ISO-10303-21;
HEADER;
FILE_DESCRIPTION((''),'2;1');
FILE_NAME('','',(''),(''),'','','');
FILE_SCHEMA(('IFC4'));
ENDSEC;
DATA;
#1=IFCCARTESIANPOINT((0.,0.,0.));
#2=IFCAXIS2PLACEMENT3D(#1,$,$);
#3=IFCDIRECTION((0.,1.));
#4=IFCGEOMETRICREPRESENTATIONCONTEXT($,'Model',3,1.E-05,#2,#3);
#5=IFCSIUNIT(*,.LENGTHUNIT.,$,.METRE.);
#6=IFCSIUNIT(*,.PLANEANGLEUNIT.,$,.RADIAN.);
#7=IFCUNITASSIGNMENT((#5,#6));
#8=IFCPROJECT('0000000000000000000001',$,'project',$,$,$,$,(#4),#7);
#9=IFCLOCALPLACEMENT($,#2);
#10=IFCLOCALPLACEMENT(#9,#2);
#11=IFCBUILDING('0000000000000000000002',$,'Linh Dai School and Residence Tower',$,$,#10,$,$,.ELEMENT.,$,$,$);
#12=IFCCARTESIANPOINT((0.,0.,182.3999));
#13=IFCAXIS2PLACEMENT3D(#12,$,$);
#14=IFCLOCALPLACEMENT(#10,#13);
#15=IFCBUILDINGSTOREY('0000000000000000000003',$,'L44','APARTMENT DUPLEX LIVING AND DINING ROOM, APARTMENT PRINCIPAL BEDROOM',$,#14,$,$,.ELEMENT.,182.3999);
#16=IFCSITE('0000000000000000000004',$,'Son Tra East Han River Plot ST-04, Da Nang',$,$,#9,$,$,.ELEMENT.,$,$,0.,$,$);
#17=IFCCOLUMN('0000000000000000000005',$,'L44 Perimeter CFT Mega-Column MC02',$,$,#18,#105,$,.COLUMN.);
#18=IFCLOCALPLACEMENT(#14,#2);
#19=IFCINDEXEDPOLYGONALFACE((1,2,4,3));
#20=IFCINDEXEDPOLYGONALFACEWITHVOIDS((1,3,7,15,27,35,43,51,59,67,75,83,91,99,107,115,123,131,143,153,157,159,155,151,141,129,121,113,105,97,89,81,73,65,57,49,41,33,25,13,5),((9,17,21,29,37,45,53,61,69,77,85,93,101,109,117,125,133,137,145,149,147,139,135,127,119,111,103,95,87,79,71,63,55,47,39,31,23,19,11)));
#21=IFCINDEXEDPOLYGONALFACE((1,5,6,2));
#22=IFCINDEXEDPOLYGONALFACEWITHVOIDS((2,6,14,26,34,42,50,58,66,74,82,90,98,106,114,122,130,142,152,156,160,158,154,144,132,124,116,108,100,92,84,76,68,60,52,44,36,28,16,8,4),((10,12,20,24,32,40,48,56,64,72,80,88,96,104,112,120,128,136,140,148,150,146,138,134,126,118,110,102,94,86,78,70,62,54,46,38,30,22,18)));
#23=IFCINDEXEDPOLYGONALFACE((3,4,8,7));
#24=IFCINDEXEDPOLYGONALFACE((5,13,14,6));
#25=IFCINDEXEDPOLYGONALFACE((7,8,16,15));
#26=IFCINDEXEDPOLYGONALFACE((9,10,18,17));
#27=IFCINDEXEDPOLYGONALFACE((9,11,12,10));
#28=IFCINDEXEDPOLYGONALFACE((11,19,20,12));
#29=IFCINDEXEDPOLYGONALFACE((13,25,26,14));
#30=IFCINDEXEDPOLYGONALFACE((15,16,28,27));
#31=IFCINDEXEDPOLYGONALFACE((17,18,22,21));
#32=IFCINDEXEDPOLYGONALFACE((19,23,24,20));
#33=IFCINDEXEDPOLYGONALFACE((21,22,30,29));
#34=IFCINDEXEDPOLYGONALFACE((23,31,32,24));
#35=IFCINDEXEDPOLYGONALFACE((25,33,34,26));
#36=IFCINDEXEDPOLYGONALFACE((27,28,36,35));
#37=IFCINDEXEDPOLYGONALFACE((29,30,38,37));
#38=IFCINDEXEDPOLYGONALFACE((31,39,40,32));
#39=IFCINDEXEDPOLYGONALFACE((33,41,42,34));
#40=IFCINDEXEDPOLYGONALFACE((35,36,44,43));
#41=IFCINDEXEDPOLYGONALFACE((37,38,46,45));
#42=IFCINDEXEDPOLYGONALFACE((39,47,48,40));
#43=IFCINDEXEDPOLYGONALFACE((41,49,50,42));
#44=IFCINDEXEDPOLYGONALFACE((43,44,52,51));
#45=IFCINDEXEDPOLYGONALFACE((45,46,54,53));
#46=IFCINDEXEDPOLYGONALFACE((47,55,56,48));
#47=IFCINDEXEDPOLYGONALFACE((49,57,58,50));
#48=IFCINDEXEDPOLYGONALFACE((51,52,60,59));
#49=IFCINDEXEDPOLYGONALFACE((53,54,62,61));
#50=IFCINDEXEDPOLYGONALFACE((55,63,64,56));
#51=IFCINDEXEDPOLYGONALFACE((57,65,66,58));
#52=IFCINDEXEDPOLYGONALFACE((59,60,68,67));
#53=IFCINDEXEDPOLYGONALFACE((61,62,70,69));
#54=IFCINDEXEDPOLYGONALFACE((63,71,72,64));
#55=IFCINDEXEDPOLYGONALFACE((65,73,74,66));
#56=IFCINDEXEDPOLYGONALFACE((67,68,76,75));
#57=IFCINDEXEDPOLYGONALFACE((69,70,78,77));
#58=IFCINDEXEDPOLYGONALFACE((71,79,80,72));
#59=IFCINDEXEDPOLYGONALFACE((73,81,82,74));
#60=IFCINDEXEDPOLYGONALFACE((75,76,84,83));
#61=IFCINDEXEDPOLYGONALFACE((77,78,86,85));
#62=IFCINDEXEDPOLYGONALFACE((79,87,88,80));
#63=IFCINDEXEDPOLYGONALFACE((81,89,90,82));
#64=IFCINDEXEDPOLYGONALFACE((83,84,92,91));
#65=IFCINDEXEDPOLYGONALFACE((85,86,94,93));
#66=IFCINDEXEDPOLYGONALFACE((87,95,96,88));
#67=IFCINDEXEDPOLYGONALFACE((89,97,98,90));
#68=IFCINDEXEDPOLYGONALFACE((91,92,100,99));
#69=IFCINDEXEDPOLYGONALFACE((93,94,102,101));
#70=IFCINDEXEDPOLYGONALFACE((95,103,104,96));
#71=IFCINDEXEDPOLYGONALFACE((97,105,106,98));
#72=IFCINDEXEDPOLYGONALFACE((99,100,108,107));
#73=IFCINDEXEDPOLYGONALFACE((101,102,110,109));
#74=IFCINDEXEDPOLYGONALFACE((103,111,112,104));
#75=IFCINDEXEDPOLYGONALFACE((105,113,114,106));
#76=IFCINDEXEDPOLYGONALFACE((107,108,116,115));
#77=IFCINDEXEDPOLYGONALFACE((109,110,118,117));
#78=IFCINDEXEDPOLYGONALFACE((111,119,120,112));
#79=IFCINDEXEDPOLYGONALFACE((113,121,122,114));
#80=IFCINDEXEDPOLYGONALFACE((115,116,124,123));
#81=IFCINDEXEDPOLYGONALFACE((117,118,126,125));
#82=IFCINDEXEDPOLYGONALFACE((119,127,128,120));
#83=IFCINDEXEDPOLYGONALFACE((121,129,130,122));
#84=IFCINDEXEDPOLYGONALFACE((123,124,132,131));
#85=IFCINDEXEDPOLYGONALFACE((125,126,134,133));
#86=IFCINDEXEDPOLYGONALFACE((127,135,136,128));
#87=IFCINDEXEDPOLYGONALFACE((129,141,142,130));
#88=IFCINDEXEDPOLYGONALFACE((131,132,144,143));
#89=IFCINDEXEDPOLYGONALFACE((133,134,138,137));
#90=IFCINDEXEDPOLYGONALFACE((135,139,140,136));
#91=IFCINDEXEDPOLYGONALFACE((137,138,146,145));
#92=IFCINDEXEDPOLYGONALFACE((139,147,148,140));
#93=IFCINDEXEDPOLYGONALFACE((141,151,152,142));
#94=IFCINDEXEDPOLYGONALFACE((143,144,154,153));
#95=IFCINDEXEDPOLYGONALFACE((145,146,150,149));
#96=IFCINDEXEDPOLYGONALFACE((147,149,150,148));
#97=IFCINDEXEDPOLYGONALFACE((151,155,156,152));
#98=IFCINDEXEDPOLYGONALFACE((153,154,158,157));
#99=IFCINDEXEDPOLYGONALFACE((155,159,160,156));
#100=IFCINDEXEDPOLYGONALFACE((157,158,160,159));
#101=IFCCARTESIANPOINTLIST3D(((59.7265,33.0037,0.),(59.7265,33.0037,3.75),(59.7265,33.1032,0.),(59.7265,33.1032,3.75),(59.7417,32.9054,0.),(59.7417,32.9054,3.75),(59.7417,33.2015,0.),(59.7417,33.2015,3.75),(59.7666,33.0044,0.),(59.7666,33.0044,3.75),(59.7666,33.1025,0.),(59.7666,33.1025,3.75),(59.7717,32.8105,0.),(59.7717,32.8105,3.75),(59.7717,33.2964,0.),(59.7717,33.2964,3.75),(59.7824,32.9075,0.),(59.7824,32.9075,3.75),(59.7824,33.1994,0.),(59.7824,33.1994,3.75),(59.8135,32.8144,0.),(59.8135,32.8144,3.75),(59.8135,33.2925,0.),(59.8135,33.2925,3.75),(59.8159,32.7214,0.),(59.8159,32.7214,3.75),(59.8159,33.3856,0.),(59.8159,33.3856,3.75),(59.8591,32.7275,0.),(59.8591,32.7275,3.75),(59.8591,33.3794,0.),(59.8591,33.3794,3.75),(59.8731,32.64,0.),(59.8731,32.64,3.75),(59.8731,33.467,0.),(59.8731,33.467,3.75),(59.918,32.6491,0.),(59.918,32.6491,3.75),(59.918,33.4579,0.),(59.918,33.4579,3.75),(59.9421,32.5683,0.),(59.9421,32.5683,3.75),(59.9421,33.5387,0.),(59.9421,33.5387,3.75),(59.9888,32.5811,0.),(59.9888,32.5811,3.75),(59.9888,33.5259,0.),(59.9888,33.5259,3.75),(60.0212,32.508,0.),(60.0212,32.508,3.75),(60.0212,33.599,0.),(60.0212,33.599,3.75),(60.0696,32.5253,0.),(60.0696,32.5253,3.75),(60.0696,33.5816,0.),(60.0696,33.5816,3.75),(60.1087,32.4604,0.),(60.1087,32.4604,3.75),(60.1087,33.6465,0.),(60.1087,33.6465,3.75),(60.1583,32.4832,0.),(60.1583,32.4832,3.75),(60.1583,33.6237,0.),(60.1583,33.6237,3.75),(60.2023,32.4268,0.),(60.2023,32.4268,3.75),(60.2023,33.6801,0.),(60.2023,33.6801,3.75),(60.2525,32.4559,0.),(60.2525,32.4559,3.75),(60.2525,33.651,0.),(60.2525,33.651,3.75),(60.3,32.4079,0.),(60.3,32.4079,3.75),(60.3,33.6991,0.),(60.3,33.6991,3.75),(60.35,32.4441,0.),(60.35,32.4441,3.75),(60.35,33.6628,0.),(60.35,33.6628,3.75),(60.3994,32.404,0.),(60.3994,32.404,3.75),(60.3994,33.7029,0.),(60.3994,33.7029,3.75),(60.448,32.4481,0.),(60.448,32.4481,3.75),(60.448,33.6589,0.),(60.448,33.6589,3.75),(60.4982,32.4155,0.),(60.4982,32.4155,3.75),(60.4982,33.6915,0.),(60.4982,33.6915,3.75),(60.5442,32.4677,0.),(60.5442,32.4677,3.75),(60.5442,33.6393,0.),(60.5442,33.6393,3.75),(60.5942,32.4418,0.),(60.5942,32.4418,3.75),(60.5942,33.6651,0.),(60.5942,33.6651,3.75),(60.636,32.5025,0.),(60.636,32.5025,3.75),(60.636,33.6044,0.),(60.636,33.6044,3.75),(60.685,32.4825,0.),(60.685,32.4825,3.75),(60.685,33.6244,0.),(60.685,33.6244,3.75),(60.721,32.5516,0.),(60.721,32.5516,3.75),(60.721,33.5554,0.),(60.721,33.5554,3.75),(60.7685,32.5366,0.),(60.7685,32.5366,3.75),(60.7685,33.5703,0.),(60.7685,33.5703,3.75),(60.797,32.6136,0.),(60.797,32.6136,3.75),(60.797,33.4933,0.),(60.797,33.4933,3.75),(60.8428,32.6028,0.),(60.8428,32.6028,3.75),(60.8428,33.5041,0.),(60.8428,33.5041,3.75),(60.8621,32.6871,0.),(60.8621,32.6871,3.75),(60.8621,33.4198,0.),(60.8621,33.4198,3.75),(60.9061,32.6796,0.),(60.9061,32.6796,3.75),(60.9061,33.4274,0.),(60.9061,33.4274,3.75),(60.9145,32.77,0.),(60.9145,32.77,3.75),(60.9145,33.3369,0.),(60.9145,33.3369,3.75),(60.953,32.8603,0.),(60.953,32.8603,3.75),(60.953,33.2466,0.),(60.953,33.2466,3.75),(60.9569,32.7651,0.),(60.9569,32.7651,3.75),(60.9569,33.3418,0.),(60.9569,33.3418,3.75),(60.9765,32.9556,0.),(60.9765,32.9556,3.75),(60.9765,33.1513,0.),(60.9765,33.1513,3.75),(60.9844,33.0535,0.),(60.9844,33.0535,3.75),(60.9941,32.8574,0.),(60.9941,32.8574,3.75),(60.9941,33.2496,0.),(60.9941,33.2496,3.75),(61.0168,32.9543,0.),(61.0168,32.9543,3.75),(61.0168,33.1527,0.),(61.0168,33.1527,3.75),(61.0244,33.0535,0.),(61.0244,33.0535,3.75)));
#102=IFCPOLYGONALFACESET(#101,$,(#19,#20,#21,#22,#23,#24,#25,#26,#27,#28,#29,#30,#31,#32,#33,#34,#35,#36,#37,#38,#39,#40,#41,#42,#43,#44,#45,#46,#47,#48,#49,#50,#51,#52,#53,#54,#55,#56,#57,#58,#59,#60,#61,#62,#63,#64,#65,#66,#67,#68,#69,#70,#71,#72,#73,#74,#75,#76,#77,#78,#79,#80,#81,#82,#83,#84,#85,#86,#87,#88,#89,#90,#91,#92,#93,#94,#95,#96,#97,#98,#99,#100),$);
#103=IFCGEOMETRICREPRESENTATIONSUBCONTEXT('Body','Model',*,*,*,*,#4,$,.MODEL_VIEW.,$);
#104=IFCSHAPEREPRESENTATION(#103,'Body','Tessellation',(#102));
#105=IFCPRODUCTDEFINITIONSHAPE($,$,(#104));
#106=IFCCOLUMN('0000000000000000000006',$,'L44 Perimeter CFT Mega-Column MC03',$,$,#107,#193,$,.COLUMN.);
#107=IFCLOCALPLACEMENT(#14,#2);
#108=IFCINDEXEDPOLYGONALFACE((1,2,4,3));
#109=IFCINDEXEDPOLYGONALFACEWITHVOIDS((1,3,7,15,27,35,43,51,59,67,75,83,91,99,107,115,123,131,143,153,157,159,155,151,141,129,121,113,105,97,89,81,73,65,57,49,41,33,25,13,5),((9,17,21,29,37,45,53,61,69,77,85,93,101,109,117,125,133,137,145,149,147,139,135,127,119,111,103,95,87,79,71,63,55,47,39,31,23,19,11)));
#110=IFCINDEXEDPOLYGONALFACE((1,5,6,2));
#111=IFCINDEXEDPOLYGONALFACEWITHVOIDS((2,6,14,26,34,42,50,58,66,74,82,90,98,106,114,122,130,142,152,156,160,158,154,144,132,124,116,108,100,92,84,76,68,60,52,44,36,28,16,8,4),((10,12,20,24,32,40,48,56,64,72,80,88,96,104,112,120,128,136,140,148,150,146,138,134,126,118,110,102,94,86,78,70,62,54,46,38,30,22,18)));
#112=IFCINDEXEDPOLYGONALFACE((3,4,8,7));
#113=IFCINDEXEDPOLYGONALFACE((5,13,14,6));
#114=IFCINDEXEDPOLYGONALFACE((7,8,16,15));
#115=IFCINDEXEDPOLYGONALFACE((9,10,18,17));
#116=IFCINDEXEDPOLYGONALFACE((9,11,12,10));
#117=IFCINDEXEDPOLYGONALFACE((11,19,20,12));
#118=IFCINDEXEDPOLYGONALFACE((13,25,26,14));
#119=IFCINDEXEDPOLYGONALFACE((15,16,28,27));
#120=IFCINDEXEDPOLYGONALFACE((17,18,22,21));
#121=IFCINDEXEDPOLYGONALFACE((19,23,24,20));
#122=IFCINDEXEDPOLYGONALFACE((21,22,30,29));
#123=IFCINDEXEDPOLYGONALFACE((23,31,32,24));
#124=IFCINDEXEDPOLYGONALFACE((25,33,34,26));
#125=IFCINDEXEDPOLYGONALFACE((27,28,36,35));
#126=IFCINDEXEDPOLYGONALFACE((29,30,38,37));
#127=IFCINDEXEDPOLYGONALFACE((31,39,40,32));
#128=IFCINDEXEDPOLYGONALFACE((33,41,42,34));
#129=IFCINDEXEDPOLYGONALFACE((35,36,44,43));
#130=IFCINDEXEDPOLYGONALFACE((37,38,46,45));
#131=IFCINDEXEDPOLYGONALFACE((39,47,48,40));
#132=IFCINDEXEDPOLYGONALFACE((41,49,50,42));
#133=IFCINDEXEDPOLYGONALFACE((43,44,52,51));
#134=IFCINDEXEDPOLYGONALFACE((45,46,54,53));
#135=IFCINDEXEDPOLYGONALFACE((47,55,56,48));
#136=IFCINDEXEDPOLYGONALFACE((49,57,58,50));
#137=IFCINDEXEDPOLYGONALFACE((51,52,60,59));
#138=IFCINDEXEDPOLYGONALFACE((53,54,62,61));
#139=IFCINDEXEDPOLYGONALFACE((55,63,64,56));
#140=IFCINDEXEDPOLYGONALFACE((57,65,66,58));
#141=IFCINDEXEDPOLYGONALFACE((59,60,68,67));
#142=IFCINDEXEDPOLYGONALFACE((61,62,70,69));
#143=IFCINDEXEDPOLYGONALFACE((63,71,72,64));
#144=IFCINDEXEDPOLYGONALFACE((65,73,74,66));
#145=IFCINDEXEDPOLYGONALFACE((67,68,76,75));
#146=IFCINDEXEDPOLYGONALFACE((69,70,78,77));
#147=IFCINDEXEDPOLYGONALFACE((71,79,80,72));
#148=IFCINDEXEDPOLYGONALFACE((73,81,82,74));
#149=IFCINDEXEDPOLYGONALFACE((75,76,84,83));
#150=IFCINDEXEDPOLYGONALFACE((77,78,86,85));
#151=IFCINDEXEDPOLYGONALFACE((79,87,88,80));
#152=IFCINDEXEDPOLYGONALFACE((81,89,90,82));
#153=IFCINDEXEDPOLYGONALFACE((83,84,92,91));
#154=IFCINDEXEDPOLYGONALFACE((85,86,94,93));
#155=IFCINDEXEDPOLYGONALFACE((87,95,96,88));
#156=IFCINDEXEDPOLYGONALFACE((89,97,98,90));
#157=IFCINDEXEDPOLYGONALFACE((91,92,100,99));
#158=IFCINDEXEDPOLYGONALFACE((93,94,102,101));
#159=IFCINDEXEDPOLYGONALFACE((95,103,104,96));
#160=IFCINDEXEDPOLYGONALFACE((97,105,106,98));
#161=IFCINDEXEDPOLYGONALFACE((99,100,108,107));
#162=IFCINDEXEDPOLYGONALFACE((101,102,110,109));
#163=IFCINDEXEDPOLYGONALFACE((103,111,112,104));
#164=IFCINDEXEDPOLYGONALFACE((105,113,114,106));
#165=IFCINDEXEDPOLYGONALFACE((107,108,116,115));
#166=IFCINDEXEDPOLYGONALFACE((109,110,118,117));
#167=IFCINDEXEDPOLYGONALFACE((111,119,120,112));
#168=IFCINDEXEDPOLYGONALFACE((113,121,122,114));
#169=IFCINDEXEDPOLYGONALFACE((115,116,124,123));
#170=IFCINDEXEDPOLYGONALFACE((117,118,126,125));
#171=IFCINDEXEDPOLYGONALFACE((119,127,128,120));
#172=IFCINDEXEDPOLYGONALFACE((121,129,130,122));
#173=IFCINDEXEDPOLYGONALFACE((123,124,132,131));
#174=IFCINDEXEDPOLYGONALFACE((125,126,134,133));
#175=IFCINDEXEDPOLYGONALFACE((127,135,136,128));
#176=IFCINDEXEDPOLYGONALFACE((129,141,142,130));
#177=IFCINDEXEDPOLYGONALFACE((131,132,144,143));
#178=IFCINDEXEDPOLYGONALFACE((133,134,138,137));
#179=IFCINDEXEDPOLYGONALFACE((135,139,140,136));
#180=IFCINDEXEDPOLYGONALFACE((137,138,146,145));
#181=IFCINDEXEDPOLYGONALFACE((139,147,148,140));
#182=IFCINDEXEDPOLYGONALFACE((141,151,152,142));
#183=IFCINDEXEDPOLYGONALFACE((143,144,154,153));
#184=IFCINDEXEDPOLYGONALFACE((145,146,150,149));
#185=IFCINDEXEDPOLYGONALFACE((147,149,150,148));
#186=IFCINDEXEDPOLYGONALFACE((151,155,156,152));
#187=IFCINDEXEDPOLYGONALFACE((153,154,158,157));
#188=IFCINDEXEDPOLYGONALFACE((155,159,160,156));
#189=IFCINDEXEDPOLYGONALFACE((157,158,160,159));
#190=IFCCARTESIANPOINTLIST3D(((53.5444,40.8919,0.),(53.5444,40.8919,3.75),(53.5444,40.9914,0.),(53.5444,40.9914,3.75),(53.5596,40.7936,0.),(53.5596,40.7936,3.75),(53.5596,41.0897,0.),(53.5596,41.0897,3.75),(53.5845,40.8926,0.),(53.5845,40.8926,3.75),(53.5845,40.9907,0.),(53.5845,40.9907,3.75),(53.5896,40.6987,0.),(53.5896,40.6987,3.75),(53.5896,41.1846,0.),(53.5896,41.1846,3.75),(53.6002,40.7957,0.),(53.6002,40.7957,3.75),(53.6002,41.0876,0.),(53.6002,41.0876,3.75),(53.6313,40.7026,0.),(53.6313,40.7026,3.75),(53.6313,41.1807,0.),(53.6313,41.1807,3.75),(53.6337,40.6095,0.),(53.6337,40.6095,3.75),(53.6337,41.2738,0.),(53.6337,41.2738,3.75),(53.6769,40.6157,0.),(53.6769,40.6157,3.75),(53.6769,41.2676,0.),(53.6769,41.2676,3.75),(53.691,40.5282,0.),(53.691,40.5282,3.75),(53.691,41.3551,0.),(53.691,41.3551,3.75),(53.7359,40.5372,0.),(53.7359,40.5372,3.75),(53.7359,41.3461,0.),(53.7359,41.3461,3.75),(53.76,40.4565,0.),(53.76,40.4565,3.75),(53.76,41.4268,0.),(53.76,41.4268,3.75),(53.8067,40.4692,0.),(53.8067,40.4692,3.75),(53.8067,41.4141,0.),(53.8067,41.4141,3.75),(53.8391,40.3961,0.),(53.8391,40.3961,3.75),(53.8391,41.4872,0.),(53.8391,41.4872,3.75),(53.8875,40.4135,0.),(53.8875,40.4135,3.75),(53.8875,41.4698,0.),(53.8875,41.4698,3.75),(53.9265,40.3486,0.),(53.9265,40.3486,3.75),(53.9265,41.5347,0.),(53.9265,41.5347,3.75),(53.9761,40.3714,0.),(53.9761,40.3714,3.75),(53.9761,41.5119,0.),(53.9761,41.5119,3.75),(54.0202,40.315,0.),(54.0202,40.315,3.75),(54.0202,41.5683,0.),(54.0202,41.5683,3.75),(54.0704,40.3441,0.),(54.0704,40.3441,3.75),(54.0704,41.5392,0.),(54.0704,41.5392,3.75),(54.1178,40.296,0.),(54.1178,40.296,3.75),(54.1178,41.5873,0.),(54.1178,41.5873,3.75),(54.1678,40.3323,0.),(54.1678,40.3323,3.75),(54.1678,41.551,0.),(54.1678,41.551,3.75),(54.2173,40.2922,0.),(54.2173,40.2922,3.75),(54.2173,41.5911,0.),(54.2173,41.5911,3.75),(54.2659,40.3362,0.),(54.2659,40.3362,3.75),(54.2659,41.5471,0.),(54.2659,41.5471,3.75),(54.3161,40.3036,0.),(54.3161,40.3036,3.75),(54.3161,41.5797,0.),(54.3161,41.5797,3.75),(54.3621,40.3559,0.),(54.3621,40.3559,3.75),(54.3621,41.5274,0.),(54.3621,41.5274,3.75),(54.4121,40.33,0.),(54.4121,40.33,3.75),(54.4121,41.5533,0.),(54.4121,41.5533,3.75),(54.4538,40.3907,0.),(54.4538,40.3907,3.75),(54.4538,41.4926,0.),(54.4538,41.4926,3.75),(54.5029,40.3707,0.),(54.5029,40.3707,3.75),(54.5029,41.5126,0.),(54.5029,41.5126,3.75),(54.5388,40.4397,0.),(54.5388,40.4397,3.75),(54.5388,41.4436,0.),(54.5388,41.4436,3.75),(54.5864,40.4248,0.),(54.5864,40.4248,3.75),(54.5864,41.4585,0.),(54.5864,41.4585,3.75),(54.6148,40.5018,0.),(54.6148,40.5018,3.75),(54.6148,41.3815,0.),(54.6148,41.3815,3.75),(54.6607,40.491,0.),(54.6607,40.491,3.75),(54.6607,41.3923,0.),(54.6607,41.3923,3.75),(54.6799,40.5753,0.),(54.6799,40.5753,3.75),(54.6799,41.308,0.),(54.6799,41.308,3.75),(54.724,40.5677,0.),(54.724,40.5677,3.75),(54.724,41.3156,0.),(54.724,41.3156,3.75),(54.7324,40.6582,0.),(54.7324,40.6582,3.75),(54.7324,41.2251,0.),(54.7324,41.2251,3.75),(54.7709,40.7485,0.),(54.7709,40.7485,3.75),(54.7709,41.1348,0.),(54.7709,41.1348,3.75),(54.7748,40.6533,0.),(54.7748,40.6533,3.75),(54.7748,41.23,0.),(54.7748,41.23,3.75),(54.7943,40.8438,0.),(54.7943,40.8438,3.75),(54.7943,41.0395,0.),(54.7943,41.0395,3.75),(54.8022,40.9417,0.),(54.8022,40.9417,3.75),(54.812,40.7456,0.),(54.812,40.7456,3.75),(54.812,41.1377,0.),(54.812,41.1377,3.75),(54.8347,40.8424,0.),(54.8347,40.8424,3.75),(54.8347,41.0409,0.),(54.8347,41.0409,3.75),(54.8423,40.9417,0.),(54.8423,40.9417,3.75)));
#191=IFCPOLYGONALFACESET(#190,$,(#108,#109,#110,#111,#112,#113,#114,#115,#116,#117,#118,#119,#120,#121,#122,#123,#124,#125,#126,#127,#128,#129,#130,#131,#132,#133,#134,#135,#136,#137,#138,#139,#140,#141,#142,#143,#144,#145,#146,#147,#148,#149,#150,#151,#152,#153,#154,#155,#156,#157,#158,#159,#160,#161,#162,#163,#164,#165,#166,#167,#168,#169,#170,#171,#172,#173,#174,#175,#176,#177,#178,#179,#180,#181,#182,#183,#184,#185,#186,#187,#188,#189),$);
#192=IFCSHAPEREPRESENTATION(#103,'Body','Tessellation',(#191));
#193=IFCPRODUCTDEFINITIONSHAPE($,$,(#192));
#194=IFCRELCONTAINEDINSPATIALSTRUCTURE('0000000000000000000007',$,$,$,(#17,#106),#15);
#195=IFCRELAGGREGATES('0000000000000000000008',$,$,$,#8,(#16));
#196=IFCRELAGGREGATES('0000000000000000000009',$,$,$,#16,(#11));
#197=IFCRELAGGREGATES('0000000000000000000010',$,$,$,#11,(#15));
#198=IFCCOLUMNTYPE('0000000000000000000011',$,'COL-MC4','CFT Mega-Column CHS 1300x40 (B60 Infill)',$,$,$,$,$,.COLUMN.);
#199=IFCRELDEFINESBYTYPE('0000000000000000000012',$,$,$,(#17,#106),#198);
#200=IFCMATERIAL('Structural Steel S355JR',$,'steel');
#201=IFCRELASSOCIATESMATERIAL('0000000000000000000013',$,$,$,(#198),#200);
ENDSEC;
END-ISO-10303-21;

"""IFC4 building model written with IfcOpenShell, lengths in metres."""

from ifc_helpers import new_model, si_unit, direction, frame, origin, origin_2d, place, context, subcontext, project, spatial, hollow_circle, extrude, material, material_profile, profile_set, type_object, element, save


model = new_model("IFC4")

# Units and contexts
model_context = context("Model", 3, precision=1e-05, world=origin(), true_north=direction((0.0, 1.0)))
body_context = subcontext(model_context, "Body", "Model", "MODEL_VIEW")
ifc_project = project(units=[si_unit("LENGTHUNIT", "METRE"), si_unit("PLANEANGLEUNIT", "RADIAN")], contexts=[model_context])

# Site, building, storey
site_placement = place(None, origin())
site = spatial("IfcSite", under=ifc_project, at=site_placement, Name="Son Tra East Han River Plot ST-04, Da Nang", CompositionType="ELEMENT", RefElevation=0.0)
building_placement = place(site_placement, origin())
building = spatial("IfcBuilding", under=site, at=building_placement, Name="Linh Dai School and Residence Tower", CompositionType="ELEMENT")
storey_placement = place(building_placement, frame((0.0, 0.0, 182.3999)))
storey = spatial("IfcBuildingStorey", under=building, at=storey_placement, Name="L44", Description="APARTMENT DUPLEX LIVING AND DINING ROOM, APARTMENT PRINCIPAL BEDROOM", CompositionType="ELEMENT", Elevation=182.3999)

# Columns
ifc_material_1 = material(Name="Structural Steel S355JR", Category="steel")
ifc_material_profile_1 = material_profile(ifc_material_1, hollow_circle(Radius=0.6499, WallThickness=0.04, at=origin_2d()), Name="CHS 1300x40")
ifc_profile_set_1 = profile_set([ifc_material_profile_1], Name="Structural Steel S355JR")
column_type = type_object("IfcColumnType", Name="COL-MC4", Description="CFT Mega-Column CHS 1300x40 (B60 Infill)", PredefinedType="COLUMN", material=ifc_profile_set_1)
for number, where, z_axis, x_axis, name in (
    (1, (60.3745, 33.0535, 0.0), (0.0, 0.0, 1.0), (1.0, 0.0, 0.0), "L44 Perimeter CFT Mega-Column MC02"),
    (2, (54.1924, 40.9417, 0.0), (0.0, 0.0, 1.0), (1.0, 0.0, 0.0), "L44 Perimeter CFT Mega-Column MC03"),
):
    element("IfcColumn", number, at=place(storey_placement, frame(where, z_axis=z_axis, x_axis=x_axis)), inside=storey, type_object=column_type, Name=name, PredefinedType="COLUMN", context=body_context, shape_type="SweptSolid", body=[
        extrude(hollow_circle(Radius=0.6499, WallThickness=0.04, at=origin_2d()), origin(), (0.0, 0.0, 1.0), 3.75),
    ])

save(model, "model.ifc")
